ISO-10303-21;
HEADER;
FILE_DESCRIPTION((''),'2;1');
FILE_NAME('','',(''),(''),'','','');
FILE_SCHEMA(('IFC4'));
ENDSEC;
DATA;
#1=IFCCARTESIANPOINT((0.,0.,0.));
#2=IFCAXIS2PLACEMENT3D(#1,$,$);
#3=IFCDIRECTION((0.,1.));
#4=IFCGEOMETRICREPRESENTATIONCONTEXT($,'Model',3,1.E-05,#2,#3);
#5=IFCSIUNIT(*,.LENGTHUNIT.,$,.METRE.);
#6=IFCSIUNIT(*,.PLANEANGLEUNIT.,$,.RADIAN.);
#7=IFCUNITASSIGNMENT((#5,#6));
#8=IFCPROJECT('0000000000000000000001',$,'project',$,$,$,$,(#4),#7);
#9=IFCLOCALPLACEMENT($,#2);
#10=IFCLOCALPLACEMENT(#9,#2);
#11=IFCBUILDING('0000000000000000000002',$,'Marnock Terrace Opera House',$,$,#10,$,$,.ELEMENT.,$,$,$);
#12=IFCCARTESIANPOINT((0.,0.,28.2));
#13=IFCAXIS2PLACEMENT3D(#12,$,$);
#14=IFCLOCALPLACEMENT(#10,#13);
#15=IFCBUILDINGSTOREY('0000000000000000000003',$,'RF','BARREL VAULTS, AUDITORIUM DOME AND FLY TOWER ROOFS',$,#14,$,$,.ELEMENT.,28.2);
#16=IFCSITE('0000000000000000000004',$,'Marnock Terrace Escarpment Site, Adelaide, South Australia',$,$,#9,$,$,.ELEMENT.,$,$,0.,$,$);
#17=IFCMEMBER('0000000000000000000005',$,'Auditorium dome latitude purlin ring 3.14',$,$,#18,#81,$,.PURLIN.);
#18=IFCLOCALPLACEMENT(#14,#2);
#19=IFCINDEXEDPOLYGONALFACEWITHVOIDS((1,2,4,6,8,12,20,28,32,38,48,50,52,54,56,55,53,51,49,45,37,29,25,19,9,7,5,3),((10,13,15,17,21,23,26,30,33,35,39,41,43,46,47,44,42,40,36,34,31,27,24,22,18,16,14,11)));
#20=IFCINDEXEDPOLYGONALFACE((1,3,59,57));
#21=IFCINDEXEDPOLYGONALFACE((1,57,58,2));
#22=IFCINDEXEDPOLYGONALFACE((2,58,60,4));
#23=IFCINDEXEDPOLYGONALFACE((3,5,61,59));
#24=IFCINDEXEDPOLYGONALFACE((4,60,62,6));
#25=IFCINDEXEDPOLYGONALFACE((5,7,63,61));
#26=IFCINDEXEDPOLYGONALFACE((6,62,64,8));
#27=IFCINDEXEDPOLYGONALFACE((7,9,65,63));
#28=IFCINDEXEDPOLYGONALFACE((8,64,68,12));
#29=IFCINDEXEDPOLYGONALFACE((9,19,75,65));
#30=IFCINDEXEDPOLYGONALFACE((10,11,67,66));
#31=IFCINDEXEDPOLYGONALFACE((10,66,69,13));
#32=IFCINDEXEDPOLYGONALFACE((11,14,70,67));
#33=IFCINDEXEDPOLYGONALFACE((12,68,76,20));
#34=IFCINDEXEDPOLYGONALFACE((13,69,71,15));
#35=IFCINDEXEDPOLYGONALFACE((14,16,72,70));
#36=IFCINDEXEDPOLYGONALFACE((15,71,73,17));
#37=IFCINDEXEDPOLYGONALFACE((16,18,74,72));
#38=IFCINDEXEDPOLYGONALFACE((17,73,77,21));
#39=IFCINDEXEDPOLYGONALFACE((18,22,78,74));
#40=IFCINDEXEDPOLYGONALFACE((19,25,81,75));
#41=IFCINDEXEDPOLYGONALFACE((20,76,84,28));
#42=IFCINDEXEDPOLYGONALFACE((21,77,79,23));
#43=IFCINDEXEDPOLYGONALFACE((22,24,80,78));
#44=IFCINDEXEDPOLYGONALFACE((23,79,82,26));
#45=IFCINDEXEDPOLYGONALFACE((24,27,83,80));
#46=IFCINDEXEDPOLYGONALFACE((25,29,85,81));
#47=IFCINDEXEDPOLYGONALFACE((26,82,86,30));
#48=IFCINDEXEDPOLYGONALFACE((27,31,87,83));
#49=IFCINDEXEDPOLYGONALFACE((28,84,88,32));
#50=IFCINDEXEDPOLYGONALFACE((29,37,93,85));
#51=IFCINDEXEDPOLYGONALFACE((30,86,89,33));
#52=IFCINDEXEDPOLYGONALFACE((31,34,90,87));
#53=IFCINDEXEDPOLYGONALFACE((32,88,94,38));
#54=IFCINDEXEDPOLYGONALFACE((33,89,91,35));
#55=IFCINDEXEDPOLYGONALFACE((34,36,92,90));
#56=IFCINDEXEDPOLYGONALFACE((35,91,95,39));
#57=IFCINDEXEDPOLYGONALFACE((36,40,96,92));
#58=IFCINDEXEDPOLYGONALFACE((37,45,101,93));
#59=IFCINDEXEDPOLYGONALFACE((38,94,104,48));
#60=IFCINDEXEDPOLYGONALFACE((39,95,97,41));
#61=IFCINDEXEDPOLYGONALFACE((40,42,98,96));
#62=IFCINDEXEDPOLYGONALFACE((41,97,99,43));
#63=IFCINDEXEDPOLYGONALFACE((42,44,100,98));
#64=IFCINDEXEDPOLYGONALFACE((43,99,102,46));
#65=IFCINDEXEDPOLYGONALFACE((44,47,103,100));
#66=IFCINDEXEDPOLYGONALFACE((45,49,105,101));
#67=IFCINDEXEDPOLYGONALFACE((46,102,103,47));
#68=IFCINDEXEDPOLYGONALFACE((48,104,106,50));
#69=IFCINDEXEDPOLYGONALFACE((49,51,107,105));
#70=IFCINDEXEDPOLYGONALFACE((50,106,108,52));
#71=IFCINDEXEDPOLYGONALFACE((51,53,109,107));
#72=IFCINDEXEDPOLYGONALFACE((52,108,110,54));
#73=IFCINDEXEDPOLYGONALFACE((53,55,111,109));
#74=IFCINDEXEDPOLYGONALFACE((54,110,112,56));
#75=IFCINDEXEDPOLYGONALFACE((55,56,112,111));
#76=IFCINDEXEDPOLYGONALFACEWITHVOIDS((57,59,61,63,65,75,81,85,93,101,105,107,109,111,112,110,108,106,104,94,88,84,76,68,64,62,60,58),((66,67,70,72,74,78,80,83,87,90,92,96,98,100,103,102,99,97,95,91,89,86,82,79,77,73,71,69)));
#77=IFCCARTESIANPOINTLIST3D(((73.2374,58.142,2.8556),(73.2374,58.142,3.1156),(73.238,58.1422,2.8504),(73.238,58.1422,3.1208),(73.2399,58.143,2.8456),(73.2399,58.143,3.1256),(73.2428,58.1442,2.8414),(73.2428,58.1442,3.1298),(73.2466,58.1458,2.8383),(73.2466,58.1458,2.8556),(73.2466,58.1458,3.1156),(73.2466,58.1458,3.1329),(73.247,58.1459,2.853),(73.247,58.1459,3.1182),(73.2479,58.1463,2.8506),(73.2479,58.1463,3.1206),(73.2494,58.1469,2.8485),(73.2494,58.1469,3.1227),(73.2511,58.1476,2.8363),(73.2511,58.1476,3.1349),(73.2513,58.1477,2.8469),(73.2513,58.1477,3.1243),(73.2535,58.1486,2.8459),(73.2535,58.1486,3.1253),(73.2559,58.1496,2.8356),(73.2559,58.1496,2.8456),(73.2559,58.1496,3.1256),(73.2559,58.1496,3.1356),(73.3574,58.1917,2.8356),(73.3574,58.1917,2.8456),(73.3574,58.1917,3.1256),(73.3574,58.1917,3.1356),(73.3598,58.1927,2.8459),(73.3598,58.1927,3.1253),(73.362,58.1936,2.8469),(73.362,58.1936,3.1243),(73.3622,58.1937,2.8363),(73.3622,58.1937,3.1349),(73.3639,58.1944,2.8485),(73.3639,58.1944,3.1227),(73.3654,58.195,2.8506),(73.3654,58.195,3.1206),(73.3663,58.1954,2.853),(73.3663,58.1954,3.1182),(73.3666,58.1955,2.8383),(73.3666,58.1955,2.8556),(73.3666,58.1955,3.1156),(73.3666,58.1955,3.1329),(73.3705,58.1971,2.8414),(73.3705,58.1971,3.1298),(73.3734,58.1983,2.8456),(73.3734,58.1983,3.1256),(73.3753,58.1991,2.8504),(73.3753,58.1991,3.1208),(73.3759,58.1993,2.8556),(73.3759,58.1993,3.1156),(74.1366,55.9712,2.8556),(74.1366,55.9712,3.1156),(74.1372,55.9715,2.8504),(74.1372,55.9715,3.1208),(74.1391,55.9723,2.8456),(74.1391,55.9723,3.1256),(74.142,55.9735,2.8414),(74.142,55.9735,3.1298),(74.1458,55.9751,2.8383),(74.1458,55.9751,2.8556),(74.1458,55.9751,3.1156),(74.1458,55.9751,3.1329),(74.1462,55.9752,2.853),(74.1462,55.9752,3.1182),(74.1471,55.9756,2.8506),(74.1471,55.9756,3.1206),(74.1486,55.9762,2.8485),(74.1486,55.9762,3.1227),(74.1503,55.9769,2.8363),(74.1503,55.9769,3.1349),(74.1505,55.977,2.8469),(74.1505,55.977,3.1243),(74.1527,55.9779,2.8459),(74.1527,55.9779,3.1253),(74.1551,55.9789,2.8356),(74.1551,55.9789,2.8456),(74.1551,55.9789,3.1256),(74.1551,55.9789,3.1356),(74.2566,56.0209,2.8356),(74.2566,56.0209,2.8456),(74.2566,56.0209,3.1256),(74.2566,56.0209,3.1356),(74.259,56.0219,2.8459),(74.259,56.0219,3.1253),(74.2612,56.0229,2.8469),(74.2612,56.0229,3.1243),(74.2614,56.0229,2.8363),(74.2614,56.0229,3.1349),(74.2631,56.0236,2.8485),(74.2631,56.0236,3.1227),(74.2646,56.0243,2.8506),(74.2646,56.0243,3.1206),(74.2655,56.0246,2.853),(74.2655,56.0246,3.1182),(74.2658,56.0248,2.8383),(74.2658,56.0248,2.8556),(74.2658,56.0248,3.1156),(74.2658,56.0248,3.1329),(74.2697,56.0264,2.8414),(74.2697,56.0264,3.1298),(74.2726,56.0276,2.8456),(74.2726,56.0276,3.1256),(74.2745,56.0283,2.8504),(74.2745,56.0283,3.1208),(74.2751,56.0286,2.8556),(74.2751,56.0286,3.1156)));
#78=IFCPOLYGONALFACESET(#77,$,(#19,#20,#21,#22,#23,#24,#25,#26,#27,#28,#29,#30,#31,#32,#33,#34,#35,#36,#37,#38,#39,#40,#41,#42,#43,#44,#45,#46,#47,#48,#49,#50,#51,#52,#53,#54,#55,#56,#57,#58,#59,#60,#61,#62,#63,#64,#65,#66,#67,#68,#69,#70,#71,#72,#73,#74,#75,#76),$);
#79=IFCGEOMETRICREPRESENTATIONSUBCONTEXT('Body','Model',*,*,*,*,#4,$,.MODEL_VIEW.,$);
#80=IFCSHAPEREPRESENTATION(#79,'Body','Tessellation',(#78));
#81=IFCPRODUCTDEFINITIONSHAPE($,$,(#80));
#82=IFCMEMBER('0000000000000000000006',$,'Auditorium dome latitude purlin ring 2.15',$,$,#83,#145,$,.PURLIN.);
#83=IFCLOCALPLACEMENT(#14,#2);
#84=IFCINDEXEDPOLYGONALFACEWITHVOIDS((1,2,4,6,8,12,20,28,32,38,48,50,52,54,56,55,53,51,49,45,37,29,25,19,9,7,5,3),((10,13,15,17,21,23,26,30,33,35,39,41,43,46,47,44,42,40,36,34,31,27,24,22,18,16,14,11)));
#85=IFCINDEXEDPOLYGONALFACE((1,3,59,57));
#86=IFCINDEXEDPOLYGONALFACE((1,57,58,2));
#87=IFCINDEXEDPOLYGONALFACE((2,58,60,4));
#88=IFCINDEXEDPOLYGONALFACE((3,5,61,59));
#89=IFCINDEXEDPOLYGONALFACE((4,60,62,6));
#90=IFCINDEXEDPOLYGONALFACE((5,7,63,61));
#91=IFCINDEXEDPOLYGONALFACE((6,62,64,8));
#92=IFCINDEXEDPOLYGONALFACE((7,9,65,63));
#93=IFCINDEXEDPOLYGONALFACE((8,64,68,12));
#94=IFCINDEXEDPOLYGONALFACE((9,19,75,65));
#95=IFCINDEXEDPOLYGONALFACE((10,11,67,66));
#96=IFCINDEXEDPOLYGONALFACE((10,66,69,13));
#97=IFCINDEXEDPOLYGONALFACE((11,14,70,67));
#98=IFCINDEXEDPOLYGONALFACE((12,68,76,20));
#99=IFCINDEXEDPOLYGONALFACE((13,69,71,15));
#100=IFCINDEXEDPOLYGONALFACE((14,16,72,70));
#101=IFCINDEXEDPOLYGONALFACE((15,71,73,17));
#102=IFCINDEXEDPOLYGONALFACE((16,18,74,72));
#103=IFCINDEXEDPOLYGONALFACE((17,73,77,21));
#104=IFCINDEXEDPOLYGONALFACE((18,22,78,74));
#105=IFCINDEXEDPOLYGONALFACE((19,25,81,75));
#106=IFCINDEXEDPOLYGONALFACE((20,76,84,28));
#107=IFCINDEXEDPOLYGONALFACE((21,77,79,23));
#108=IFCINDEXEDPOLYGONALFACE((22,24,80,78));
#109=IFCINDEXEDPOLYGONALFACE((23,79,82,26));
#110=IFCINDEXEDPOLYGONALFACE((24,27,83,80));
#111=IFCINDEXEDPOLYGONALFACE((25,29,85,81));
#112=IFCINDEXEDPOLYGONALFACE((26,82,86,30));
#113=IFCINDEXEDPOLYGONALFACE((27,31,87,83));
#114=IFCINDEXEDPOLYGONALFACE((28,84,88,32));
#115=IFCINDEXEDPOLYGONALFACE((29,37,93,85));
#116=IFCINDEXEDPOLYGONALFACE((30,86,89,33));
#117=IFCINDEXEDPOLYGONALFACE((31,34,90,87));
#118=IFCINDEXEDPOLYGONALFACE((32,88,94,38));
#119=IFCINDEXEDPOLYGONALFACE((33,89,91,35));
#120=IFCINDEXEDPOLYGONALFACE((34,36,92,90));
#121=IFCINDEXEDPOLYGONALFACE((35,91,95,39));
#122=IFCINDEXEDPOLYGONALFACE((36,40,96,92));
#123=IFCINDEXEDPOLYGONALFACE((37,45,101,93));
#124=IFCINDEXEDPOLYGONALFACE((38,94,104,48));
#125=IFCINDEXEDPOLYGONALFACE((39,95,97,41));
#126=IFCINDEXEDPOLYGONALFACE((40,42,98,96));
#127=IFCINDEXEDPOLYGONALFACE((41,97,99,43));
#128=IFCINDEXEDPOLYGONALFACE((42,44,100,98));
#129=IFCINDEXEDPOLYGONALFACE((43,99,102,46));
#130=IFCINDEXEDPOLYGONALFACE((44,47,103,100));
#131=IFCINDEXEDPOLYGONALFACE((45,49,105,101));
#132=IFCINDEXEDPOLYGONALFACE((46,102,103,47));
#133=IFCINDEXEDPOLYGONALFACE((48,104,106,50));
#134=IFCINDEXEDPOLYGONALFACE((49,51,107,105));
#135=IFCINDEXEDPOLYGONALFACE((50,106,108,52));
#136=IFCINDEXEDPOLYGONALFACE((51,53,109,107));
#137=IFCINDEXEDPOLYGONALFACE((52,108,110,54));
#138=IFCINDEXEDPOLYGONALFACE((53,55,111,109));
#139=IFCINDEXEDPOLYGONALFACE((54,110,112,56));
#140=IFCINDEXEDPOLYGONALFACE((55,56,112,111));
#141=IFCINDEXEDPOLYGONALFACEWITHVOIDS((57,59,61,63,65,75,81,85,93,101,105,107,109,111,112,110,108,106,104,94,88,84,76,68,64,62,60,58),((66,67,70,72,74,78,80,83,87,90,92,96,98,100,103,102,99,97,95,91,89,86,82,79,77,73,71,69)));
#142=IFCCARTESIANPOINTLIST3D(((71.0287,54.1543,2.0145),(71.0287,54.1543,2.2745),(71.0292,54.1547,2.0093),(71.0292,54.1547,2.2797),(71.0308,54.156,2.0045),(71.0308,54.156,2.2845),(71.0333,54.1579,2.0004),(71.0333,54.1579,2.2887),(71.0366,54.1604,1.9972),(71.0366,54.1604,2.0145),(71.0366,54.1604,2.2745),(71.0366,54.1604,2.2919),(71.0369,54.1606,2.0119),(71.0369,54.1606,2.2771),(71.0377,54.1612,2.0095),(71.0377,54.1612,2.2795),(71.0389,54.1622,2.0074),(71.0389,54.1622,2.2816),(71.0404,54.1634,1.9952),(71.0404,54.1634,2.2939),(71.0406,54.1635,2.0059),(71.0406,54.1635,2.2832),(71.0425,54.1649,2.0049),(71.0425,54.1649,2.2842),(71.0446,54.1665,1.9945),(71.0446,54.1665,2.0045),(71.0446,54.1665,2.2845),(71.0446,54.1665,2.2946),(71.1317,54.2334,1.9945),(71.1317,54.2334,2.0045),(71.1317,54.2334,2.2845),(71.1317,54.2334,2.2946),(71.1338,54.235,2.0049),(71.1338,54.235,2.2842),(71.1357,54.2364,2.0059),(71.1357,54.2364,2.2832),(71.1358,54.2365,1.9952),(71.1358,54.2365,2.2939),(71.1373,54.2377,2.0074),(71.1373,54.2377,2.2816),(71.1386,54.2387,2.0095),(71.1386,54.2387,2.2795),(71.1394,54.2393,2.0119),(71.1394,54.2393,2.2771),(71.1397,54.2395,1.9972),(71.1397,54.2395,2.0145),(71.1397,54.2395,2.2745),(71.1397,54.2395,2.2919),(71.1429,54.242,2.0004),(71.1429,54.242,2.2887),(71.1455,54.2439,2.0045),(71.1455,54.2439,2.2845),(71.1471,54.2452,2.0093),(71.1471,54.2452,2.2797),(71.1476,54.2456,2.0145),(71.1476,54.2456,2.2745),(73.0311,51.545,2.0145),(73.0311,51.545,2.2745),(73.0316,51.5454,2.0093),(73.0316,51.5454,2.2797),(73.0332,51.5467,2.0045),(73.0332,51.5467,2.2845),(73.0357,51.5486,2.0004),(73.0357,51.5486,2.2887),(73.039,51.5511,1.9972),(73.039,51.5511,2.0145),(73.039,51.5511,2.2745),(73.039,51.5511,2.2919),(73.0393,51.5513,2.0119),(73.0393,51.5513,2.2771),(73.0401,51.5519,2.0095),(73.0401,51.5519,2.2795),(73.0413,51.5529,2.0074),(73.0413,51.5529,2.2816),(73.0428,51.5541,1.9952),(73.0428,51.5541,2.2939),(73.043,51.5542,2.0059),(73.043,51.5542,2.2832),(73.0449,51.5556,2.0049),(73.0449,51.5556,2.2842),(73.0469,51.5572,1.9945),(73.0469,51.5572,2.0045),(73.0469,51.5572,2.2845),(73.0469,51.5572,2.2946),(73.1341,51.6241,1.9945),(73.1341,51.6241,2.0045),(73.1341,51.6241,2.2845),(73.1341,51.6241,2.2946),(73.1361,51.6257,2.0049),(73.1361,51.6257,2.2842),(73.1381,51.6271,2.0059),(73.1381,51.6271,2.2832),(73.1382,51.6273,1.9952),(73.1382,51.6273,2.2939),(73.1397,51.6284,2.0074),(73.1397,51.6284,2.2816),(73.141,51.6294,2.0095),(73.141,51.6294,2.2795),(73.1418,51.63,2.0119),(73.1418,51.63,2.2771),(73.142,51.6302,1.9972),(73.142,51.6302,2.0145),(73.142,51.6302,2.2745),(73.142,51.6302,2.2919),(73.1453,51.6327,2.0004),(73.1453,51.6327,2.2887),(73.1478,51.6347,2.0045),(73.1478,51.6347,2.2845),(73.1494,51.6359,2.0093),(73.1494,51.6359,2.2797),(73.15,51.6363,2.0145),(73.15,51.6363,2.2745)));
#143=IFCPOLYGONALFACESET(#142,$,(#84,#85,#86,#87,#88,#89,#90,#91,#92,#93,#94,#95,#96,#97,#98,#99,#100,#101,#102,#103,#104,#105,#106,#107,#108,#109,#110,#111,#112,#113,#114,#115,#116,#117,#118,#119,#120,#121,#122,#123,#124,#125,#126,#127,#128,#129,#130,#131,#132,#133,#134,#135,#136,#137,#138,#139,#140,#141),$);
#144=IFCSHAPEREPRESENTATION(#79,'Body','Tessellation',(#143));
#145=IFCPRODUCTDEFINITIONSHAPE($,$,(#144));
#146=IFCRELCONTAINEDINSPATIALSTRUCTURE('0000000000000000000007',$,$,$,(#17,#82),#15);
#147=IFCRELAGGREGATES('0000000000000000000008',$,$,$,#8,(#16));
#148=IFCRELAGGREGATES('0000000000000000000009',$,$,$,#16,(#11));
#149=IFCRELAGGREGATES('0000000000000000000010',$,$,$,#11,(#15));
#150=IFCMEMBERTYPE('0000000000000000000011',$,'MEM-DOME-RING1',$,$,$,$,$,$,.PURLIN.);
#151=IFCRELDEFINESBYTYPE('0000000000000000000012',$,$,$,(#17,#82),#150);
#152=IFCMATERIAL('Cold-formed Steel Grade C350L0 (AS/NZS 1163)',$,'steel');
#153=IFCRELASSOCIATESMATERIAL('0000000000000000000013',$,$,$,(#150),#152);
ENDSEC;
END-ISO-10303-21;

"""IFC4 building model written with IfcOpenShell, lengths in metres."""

from ifc_helpers import new_model, si_unit, direction, frame, origin, origin_2d, place, context, subcontext, project, spatial, hollow_rectangle, extrude, material, material_profile, profile_set, type_object, element, save


model = new_model("IFC4")

# Units and contexts
model_context = context("Model", 3, precision=1e-05, world=origin(), true_north=direction((0.0, 1.0)))
body_context = subcontext(model_context, "Body", "Model", "MODEL_VIEW")
ifc_project = project(units=[si_unit("LENGTHUNIT", "METRE"), si_unit("PLANEANGLEUNIT", "RADIAN")], contexts=[model_context])

# Site, building, storey
site_placement = place(None, origin())
site = spatial("IfcSite", under=ifc_project, at=site_placement, Name="Marnock Terrace Escarpment Site, Adelaide, South Australia", CompositionType="ELEMENT", RefElevation=0.0)
building_placement = place(site_placement, origin())
building = spatial("IfcBuilding", under=site, at=building_placement, Name="Marnock Terrace Opera House", CompositionType="ELEMENT")
storey_placement = place(building_placement, frame((0.0, 0.0, 28.2)))
storey = spatial("IfcBuildingStorey", under=building, at=storey_placement, Name="RF", Description="BARREL VAULTS, AUDITORIUM DOME AND FLY TOWER ROOFS", CompositionType="ELEMENT", Elevation=28.2)

# Members
ifc_material_1 = material(Name="Cold-formed Steel Grade C350L0 (AS/NZS 1163)", Category="steel")
ifc_material_profile_1 = material_profile(ifc_material_1, hollow_rectangle(XDim=0.1499, YDim=0.3, WallThickness=0.01, InnerFilletRadius=0.01, OuterFilletRadius=0.02, at=origin_2d()))
ifc_profile_set_1 = profile_set([ifc_material_profile_1], Name="Cold-formed Steel Grade C350L0 (AS/NZS 1163)")
member_type_1 = type_object("IfcMemberType", Name="MEM-DOME-RING1", PredefinedType="PURLIN", material=ifc_profile_set_1)
member_1_placement = place(storey_placement, frame((73.3066, 58.1707, 2.9856), z_axis=(0.382704, -0.923871, 0.0), x_axis=(0.923871, 0.382704, 0.0)))
element("IfcMember", 1, at=member_1_placement, inside=storey, type_object=member_type_1, Name="Auditorium dome latitude purlin ring 3.14", PredefinedType="PURLIN", context=body_context, shape_type="SweptSolid", body=[
    extrude(hollow_rectangle(XDim=0.1499, YDim=0.3, WallThickness=0.01, InnerFilletRadius=0.01, OuterFilletRadius=0.02, at=origin_2d()), origin(), (0.0, 0.0, 1.0), 2.3496),
])
member_2_placement = place(storey_placement, frame((71.0881, 54.2, 2.1445), z_axis=(0.608799, -0.793324, 0.0), x_axis=(0.793324, 0.608799, 0.0)))
element("IfcMember", 2, at=member_2_placement, inside=storey, type_object=member_type_1, Name="Auditorium dome latitude purlin ring 2.15", PredefinedType="PURLIN", context=body_context, shape_type="SweptSolid", body=[
    extrude(hollow_rectangle(XDim=0.1499, YDim=0.3, WallThickness=0.01, InnerFilletRadius=0.01, OuterFilletRadius=0.02, at=origin_2d()), origin(), (0.0, 0.0, 1.0), 3.2891),
])

save(model, "model.ifc")
